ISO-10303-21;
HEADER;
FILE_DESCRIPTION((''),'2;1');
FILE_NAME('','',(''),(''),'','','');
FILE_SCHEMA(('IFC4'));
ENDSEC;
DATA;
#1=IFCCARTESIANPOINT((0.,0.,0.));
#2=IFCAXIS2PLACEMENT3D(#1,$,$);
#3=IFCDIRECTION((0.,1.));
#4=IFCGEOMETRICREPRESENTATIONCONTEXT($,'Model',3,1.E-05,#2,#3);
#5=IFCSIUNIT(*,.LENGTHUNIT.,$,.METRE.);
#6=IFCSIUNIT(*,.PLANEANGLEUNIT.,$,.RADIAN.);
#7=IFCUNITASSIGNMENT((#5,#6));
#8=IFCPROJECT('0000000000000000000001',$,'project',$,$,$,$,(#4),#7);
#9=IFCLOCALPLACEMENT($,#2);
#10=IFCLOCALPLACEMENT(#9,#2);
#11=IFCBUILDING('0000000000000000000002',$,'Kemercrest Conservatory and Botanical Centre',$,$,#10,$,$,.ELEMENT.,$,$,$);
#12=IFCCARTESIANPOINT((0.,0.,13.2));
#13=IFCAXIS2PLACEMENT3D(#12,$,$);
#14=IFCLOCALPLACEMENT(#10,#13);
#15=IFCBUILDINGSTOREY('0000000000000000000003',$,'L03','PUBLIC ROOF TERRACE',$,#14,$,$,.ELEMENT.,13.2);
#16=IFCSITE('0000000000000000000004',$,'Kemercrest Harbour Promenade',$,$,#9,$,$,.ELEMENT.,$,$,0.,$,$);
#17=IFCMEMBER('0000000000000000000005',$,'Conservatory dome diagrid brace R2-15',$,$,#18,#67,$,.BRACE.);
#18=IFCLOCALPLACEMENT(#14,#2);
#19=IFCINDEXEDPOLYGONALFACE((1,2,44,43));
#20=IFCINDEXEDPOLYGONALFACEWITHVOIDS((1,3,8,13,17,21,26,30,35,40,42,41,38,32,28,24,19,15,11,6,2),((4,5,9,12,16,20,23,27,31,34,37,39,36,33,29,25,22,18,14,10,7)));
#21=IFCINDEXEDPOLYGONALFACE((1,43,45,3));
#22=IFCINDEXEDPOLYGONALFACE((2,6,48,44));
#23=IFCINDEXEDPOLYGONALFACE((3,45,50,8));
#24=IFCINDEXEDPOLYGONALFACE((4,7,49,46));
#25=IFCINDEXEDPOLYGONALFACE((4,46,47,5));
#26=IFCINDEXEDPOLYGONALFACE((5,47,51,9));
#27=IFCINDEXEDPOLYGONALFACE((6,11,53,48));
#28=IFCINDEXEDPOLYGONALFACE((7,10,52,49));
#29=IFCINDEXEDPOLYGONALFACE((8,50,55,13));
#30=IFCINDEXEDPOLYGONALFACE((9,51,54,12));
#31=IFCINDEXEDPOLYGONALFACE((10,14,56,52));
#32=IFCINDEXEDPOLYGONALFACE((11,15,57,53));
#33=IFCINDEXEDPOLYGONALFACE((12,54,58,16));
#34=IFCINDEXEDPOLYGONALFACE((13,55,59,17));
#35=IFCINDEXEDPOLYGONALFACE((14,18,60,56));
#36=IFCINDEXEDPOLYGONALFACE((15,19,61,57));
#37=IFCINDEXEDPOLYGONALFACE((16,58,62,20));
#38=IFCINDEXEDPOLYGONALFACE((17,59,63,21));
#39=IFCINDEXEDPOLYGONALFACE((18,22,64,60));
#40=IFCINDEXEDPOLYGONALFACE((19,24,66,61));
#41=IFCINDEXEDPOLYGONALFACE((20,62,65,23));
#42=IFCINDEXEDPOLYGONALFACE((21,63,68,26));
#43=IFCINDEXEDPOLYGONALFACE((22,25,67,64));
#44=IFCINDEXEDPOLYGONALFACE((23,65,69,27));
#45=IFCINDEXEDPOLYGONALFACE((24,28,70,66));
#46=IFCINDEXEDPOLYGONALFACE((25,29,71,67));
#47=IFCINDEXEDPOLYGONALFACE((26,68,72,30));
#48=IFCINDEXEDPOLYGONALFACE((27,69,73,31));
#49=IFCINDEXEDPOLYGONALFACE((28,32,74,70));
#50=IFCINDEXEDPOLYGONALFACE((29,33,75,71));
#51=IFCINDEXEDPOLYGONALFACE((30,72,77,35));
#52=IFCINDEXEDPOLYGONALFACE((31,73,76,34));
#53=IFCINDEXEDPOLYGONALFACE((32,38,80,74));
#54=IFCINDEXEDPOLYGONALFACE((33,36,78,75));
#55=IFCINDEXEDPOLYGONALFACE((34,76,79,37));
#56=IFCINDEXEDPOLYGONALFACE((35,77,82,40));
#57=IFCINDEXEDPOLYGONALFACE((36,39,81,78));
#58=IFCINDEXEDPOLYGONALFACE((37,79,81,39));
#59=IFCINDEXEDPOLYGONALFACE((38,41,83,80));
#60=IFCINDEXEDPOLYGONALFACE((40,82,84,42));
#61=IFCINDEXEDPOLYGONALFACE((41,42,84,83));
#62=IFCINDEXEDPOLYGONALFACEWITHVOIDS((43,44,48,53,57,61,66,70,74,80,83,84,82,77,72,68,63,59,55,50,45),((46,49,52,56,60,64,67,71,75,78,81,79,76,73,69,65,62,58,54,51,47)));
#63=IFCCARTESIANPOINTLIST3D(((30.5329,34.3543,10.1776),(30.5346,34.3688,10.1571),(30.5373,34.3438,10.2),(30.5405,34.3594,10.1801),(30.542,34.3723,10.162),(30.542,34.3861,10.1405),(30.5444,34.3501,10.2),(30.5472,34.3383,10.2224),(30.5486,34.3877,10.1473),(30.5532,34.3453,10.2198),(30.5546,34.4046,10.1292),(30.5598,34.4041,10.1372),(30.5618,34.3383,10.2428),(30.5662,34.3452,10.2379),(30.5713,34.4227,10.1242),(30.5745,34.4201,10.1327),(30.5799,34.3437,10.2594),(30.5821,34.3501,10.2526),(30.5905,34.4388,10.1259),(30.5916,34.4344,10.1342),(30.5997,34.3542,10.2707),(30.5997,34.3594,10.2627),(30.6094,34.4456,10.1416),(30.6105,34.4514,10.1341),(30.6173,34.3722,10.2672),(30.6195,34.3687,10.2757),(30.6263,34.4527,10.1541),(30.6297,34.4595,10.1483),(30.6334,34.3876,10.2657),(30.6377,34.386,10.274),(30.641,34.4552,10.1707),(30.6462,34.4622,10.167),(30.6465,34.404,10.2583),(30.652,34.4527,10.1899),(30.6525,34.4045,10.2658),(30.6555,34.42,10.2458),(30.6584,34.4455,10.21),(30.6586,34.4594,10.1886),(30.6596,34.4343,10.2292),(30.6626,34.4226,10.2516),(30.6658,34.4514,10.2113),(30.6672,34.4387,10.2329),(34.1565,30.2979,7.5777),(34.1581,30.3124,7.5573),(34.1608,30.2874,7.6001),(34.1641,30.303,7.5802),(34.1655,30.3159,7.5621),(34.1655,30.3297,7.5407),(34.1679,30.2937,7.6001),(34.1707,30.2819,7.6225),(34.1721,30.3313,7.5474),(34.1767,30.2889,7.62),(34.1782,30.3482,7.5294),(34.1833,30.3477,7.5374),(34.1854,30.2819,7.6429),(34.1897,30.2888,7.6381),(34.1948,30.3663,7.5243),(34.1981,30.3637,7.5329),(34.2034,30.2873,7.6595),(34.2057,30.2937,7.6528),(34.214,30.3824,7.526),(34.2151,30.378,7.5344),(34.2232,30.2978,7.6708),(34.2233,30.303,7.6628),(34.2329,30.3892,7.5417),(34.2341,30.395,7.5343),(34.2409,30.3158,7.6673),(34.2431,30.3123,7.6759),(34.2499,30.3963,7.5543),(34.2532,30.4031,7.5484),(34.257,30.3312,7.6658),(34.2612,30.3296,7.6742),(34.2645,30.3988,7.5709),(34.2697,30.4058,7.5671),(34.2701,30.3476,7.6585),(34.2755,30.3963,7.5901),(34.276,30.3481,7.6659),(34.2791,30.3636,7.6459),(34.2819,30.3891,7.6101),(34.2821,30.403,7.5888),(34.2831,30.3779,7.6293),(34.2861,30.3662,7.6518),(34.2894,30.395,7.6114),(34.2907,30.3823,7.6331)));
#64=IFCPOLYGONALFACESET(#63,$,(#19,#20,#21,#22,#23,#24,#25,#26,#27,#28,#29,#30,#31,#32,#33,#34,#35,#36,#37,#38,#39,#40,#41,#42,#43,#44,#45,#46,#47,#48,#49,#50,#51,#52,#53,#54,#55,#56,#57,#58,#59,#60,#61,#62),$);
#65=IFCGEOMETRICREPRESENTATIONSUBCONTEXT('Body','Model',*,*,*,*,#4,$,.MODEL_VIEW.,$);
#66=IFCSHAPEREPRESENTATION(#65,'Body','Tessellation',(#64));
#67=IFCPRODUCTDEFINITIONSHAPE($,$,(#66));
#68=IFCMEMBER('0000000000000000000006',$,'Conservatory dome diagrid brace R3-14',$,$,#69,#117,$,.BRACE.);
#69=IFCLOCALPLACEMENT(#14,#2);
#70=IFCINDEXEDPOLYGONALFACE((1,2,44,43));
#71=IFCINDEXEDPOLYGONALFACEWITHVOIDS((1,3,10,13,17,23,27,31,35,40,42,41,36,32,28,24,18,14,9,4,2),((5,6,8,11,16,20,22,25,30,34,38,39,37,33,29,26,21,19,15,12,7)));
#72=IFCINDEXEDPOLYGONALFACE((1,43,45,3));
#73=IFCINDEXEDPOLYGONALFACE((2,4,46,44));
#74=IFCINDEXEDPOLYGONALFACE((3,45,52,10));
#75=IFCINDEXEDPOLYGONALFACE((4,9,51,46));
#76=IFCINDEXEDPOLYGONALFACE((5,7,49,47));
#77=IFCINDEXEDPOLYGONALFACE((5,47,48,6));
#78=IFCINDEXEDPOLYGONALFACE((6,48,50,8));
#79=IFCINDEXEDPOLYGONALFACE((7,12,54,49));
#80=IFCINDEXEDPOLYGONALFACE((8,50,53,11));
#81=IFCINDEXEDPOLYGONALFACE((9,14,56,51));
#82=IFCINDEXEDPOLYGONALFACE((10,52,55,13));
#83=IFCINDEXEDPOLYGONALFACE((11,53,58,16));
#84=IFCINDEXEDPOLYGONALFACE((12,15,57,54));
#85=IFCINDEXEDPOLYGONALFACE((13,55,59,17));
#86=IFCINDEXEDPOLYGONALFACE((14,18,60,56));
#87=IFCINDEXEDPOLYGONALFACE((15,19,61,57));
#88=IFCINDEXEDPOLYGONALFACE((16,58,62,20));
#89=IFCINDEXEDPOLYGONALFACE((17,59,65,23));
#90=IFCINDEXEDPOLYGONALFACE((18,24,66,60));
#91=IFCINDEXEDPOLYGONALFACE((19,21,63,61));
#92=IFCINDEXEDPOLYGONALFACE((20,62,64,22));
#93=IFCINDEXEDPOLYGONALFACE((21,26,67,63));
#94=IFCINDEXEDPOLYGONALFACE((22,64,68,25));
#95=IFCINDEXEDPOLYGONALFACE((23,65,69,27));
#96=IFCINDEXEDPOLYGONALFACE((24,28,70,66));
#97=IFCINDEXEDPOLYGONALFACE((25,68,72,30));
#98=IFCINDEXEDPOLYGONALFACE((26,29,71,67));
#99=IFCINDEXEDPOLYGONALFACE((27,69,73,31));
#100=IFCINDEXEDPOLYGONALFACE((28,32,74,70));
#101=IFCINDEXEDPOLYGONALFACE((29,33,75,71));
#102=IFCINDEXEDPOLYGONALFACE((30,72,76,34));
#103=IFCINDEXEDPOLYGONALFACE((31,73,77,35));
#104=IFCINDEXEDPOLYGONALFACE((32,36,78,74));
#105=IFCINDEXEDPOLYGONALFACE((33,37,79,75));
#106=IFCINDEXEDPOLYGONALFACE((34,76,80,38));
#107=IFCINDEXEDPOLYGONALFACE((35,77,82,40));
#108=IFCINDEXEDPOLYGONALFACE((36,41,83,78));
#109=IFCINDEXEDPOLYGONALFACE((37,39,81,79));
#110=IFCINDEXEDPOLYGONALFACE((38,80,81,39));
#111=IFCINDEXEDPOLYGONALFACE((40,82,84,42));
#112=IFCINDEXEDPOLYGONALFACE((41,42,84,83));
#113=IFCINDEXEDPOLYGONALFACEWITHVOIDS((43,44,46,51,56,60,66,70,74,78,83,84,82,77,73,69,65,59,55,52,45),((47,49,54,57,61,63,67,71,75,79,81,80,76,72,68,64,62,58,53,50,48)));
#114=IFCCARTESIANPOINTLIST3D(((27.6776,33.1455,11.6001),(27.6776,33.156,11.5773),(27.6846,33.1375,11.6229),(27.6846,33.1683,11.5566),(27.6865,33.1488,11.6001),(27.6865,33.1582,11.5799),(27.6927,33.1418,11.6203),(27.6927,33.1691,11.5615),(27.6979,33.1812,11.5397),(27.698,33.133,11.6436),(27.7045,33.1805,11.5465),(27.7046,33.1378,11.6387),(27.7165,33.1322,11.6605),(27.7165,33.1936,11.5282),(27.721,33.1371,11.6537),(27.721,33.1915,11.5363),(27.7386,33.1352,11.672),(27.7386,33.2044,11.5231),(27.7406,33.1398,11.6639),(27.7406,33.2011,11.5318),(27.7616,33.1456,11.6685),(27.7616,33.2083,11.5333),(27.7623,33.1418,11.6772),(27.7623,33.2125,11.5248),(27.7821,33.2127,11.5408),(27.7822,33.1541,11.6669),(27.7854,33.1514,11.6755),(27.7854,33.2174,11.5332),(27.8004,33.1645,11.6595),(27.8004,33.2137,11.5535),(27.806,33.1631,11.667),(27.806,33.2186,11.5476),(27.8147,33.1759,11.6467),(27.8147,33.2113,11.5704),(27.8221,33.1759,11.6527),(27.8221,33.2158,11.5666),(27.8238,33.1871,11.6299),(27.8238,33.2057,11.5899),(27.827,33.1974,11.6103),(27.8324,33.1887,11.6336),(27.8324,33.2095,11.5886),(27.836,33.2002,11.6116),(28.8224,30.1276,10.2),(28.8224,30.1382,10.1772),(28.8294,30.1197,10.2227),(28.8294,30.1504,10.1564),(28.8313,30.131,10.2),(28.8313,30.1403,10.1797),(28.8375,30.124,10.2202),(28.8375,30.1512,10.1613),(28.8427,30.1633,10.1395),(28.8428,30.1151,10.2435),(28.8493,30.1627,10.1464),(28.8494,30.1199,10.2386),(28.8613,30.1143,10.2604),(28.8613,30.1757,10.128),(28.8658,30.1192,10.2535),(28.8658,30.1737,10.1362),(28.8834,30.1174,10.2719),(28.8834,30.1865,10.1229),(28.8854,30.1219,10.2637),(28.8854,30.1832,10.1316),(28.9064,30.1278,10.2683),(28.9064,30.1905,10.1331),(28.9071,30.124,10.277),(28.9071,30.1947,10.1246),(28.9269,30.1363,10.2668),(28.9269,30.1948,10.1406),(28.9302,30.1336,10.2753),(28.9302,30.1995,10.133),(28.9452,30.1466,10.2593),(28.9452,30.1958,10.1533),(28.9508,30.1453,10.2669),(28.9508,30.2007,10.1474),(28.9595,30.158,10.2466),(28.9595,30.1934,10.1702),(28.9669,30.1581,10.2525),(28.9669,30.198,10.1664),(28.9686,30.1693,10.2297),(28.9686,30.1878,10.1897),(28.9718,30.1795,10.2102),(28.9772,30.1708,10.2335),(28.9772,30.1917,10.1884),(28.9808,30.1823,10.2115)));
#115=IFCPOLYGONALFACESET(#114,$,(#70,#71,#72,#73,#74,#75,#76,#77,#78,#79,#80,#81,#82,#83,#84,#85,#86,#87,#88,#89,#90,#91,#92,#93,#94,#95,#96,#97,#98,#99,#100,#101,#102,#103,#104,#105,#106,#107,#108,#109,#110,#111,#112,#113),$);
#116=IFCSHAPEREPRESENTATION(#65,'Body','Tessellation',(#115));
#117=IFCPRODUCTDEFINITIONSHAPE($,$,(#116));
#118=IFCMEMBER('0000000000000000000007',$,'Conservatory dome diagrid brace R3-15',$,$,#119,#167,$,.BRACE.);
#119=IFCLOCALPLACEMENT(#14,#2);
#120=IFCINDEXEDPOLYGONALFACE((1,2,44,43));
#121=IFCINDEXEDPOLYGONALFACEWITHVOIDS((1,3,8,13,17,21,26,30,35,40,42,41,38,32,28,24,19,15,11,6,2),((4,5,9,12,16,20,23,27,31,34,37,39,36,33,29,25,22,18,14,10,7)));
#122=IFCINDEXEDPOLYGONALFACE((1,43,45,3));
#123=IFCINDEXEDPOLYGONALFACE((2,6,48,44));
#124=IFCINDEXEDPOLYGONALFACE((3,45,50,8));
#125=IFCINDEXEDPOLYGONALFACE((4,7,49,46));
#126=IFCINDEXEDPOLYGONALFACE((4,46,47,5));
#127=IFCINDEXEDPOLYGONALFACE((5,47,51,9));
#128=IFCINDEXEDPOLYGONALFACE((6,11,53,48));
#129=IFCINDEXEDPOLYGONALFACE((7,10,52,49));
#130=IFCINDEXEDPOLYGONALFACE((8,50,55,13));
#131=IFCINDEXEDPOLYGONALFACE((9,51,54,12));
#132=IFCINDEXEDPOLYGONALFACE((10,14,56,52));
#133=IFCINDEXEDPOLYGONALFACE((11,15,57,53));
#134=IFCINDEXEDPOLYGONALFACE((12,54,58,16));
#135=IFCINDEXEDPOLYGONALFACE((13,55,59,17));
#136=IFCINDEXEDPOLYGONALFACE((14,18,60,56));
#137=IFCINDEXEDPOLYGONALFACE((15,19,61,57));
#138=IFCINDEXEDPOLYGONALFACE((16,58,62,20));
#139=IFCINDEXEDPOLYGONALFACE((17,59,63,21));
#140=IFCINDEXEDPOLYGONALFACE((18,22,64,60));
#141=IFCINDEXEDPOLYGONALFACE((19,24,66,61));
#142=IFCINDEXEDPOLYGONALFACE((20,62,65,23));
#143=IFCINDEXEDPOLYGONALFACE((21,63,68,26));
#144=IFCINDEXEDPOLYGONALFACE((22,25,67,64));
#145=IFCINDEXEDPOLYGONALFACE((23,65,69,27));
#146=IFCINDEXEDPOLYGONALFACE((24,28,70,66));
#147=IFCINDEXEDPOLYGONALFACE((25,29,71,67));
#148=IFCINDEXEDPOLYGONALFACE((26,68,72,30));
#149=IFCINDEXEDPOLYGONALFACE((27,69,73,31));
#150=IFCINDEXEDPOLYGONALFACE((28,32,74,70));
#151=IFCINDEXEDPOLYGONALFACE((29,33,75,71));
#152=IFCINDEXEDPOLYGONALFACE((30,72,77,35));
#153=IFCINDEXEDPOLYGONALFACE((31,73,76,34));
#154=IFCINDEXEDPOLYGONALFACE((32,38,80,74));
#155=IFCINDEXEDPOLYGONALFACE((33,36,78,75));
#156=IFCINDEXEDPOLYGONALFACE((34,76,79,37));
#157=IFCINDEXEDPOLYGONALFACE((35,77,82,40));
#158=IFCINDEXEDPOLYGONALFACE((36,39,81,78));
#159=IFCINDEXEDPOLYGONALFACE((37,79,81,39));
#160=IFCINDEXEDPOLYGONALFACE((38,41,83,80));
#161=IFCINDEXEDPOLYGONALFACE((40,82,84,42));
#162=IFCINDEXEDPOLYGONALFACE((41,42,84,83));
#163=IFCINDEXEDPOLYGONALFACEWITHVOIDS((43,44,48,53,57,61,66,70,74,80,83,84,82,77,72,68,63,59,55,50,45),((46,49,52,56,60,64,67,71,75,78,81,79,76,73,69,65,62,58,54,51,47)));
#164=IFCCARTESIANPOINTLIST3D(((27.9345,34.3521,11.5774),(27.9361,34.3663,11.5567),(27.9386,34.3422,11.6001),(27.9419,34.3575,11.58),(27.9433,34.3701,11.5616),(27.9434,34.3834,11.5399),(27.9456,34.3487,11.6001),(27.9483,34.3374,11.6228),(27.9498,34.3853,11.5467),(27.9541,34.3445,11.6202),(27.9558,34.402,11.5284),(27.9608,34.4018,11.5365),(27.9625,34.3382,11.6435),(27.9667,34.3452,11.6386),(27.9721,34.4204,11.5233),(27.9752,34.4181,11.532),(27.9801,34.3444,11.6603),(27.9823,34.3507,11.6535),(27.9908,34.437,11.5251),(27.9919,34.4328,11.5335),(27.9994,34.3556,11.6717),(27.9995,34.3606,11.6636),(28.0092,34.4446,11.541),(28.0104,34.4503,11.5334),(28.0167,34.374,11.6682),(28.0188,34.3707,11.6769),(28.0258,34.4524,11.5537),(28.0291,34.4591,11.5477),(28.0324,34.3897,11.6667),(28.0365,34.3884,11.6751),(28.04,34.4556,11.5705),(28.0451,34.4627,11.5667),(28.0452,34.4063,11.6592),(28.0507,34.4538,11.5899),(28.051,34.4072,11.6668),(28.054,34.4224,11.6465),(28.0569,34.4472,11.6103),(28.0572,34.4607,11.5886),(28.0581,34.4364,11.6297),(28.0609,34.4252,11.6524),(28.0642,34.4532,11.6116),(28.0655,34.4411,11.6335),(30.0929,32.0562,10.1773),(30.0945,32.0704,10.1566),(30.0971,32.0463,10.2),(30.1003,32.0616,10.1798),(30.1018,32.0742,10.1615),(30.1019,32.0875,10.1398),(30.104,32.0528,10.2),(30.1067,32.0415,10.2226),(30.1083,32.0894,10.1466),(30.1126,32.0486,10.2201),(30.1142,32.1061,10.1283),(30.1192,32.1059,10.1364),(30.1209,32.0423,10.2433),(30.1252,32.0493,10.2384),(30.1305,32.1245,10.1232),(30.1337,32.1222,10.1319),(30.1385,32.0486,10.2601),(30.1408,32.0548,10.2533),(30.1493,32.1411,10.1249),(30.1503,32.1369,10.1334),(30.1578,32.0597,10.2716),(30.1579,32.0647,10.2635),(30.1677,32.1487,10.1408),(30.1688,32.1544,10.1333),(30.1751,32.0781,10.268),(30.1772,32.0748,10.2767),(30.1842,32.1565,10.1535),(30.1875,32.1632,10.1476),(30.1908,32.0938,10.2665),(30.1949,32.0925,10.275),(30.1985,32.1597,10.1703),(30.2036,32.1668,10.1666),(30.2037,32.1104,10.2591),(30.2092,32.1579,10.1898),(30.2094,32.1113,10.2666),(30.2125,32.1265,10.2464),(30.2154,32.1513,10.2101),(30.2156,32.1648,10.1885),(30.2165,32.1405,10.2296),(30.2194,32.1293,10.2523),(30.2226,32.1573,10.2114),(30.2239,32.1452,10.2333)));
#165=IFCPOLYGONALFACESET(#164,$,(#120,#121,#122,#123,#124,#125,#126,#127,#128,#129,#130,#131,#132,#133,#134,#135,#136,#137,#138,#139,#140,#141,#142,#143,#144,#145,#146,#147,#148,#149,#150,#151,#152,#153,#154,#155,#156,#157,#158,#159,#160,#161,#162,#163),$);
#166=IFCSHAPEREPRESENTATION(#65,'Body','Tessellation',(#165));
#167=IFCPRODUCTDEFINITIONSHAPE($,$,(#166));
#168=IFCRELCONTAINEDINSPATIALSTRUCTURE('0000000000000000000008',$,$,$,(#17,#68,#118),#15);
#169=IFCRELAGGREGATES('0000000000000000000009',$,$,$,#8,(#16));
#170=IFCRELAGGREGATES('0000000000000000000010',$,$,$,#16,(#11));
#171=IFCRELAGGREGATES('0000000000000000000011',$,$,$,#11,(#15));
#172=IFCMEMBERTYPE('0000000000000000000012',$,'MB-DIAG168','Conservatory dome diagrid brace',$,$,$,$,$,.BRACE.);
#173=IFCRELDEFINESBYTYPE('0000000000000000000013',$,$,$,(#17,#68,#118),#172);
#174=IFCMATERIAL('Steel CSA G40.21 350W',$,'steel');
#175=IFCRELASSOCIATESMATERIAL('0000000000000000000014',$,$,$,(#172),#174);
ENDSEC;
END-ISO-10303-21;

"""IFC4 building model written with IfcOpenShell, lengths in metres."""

from ifc_helpers import new_model, si_unit, direction, frame, origin, origin_2d, place, context, subcontext, project, spatial, hollow_circle, extrude, material, material_profile, profile_set, type_object, element, save


model = new_model("IFC4")

# Units and contexts
model_context = context("Model", 3, precision=1e-05, world=origin(), true_north=direction((0.0, 1.0)))
body_context = subcontext(model_context, "Body", "Model", "MODEL_VIEW")
ifc_project = project(units=[si_unit("LENGTHUNIT", "METRE"), si_unit("PLANEANGLEUNIT", "RADIAN")], contexts=[model_context])

# Site, building, storey
site_placement = place(None, origin())
site = spatial("IfcSite", under=ifc_project, at=site_placement, Name="Kemercrest Harbour Promenade", CompositionType="ELEMENT", RefElevation=0.0)
building_placement = place(site_placement, origin())
building = spatial("IfcBuilding", under=site, at=building_placement, Name="Kemercrest Conservatory and Botanical Centre", CompositionType="ELEMENT")
storey_placement = place(building_placement, frame((0.0, 0.0, 13.2)))
storey = spatial("IfcBuildingStorey", under=building, at=storey_placement, Name="L03", Description="PUBLIC ROOF TERRACE", CompositionType="ELEMENT", Elevation=13.2)

# Shared definitions
ifc_material_1 = material(Name="Steel CSA G40.21 350W", Category="steel")

# Members
ifc_material_profile_1 = material_profile(ifc_material_1, hollow_circle(Radius=0.0842, WallThickness=0.0095, at=origin_2d()), Name="CHS 168.3x9.5")
ifc_profile_set_1 = profile_set([ifc_material_profile_1], Name="Steel CSA G40.21 350W")
member_type_1 = type_object("IfcMemberType", Name="MB-DIAG168", Description="Conservatory dome diagrid brace", PredefinedType="BRACE", material=ifc_profile_set_1)
member_1_placement = place(storey_placement, frame((34.2236, 30.3435, 7.6001), z_axis=(-0.601061, 0.672863, 0.431256), x_axis=(-0.745778, -0.666195, 0.0)))
element("IfcMember", 1, at=member_1_placement, inside=storey, type_object=member_type_1, Name="Conservatory dome diagrid brace R2-15", PredefinedType="BRACE", context=body_context, shape_type="SweptSolid", body=[
    extrude(hollow_circle(Radius=0.0842, WallThickness=0.0095, at=origin_2d()), origin(), (0.0, 0.0, 1.0), 6.0286),
])
member_2_placement = place(storey_placement, frame((28.9011, 30.1575, 10.2), z_axis=(-0.325381, 0.857759, 0.397965), x_axis=(-0.934989, -0.354677, 0.0)))
element("IfcMember", 2, at=member_2_placement, inside=storey, type_object=member_type_1, Name="Conservatory dome diagrid brace R3-14", PredefinedType="BRACE", context=body_context, shape_type="SweptSolid", body=[
    extrude(hollow_circle(Radius=0.0842, WallThickness=0.0095, at=origin_2d()), origin(), (0.0, 0.0, 1.0), 3.5183),
])
member_3_placement = place(storey_placement, frame((30.1584, 32.104, 10.2), z_axis=(-0.625954, 0.665815, 0.406045), x_axis=(-0.72858, -0.684961, 0.0)))
element("IfcMember", 3, at=member_3_placement, inside=storey, type_object=member_type_1, Name="Conservatory dome diagrid brace R3-15", PredefinedType="BRACE", context=body_context, shape_type="SweptSolid", body=[
    extrude(hollow_circle(Radius=0.0842, WallThickness=0.0095, at=origin_2d()), origin(), (0.0, 0.0, 1.0), 3.4482),
])

save(model, "model.ifc")
